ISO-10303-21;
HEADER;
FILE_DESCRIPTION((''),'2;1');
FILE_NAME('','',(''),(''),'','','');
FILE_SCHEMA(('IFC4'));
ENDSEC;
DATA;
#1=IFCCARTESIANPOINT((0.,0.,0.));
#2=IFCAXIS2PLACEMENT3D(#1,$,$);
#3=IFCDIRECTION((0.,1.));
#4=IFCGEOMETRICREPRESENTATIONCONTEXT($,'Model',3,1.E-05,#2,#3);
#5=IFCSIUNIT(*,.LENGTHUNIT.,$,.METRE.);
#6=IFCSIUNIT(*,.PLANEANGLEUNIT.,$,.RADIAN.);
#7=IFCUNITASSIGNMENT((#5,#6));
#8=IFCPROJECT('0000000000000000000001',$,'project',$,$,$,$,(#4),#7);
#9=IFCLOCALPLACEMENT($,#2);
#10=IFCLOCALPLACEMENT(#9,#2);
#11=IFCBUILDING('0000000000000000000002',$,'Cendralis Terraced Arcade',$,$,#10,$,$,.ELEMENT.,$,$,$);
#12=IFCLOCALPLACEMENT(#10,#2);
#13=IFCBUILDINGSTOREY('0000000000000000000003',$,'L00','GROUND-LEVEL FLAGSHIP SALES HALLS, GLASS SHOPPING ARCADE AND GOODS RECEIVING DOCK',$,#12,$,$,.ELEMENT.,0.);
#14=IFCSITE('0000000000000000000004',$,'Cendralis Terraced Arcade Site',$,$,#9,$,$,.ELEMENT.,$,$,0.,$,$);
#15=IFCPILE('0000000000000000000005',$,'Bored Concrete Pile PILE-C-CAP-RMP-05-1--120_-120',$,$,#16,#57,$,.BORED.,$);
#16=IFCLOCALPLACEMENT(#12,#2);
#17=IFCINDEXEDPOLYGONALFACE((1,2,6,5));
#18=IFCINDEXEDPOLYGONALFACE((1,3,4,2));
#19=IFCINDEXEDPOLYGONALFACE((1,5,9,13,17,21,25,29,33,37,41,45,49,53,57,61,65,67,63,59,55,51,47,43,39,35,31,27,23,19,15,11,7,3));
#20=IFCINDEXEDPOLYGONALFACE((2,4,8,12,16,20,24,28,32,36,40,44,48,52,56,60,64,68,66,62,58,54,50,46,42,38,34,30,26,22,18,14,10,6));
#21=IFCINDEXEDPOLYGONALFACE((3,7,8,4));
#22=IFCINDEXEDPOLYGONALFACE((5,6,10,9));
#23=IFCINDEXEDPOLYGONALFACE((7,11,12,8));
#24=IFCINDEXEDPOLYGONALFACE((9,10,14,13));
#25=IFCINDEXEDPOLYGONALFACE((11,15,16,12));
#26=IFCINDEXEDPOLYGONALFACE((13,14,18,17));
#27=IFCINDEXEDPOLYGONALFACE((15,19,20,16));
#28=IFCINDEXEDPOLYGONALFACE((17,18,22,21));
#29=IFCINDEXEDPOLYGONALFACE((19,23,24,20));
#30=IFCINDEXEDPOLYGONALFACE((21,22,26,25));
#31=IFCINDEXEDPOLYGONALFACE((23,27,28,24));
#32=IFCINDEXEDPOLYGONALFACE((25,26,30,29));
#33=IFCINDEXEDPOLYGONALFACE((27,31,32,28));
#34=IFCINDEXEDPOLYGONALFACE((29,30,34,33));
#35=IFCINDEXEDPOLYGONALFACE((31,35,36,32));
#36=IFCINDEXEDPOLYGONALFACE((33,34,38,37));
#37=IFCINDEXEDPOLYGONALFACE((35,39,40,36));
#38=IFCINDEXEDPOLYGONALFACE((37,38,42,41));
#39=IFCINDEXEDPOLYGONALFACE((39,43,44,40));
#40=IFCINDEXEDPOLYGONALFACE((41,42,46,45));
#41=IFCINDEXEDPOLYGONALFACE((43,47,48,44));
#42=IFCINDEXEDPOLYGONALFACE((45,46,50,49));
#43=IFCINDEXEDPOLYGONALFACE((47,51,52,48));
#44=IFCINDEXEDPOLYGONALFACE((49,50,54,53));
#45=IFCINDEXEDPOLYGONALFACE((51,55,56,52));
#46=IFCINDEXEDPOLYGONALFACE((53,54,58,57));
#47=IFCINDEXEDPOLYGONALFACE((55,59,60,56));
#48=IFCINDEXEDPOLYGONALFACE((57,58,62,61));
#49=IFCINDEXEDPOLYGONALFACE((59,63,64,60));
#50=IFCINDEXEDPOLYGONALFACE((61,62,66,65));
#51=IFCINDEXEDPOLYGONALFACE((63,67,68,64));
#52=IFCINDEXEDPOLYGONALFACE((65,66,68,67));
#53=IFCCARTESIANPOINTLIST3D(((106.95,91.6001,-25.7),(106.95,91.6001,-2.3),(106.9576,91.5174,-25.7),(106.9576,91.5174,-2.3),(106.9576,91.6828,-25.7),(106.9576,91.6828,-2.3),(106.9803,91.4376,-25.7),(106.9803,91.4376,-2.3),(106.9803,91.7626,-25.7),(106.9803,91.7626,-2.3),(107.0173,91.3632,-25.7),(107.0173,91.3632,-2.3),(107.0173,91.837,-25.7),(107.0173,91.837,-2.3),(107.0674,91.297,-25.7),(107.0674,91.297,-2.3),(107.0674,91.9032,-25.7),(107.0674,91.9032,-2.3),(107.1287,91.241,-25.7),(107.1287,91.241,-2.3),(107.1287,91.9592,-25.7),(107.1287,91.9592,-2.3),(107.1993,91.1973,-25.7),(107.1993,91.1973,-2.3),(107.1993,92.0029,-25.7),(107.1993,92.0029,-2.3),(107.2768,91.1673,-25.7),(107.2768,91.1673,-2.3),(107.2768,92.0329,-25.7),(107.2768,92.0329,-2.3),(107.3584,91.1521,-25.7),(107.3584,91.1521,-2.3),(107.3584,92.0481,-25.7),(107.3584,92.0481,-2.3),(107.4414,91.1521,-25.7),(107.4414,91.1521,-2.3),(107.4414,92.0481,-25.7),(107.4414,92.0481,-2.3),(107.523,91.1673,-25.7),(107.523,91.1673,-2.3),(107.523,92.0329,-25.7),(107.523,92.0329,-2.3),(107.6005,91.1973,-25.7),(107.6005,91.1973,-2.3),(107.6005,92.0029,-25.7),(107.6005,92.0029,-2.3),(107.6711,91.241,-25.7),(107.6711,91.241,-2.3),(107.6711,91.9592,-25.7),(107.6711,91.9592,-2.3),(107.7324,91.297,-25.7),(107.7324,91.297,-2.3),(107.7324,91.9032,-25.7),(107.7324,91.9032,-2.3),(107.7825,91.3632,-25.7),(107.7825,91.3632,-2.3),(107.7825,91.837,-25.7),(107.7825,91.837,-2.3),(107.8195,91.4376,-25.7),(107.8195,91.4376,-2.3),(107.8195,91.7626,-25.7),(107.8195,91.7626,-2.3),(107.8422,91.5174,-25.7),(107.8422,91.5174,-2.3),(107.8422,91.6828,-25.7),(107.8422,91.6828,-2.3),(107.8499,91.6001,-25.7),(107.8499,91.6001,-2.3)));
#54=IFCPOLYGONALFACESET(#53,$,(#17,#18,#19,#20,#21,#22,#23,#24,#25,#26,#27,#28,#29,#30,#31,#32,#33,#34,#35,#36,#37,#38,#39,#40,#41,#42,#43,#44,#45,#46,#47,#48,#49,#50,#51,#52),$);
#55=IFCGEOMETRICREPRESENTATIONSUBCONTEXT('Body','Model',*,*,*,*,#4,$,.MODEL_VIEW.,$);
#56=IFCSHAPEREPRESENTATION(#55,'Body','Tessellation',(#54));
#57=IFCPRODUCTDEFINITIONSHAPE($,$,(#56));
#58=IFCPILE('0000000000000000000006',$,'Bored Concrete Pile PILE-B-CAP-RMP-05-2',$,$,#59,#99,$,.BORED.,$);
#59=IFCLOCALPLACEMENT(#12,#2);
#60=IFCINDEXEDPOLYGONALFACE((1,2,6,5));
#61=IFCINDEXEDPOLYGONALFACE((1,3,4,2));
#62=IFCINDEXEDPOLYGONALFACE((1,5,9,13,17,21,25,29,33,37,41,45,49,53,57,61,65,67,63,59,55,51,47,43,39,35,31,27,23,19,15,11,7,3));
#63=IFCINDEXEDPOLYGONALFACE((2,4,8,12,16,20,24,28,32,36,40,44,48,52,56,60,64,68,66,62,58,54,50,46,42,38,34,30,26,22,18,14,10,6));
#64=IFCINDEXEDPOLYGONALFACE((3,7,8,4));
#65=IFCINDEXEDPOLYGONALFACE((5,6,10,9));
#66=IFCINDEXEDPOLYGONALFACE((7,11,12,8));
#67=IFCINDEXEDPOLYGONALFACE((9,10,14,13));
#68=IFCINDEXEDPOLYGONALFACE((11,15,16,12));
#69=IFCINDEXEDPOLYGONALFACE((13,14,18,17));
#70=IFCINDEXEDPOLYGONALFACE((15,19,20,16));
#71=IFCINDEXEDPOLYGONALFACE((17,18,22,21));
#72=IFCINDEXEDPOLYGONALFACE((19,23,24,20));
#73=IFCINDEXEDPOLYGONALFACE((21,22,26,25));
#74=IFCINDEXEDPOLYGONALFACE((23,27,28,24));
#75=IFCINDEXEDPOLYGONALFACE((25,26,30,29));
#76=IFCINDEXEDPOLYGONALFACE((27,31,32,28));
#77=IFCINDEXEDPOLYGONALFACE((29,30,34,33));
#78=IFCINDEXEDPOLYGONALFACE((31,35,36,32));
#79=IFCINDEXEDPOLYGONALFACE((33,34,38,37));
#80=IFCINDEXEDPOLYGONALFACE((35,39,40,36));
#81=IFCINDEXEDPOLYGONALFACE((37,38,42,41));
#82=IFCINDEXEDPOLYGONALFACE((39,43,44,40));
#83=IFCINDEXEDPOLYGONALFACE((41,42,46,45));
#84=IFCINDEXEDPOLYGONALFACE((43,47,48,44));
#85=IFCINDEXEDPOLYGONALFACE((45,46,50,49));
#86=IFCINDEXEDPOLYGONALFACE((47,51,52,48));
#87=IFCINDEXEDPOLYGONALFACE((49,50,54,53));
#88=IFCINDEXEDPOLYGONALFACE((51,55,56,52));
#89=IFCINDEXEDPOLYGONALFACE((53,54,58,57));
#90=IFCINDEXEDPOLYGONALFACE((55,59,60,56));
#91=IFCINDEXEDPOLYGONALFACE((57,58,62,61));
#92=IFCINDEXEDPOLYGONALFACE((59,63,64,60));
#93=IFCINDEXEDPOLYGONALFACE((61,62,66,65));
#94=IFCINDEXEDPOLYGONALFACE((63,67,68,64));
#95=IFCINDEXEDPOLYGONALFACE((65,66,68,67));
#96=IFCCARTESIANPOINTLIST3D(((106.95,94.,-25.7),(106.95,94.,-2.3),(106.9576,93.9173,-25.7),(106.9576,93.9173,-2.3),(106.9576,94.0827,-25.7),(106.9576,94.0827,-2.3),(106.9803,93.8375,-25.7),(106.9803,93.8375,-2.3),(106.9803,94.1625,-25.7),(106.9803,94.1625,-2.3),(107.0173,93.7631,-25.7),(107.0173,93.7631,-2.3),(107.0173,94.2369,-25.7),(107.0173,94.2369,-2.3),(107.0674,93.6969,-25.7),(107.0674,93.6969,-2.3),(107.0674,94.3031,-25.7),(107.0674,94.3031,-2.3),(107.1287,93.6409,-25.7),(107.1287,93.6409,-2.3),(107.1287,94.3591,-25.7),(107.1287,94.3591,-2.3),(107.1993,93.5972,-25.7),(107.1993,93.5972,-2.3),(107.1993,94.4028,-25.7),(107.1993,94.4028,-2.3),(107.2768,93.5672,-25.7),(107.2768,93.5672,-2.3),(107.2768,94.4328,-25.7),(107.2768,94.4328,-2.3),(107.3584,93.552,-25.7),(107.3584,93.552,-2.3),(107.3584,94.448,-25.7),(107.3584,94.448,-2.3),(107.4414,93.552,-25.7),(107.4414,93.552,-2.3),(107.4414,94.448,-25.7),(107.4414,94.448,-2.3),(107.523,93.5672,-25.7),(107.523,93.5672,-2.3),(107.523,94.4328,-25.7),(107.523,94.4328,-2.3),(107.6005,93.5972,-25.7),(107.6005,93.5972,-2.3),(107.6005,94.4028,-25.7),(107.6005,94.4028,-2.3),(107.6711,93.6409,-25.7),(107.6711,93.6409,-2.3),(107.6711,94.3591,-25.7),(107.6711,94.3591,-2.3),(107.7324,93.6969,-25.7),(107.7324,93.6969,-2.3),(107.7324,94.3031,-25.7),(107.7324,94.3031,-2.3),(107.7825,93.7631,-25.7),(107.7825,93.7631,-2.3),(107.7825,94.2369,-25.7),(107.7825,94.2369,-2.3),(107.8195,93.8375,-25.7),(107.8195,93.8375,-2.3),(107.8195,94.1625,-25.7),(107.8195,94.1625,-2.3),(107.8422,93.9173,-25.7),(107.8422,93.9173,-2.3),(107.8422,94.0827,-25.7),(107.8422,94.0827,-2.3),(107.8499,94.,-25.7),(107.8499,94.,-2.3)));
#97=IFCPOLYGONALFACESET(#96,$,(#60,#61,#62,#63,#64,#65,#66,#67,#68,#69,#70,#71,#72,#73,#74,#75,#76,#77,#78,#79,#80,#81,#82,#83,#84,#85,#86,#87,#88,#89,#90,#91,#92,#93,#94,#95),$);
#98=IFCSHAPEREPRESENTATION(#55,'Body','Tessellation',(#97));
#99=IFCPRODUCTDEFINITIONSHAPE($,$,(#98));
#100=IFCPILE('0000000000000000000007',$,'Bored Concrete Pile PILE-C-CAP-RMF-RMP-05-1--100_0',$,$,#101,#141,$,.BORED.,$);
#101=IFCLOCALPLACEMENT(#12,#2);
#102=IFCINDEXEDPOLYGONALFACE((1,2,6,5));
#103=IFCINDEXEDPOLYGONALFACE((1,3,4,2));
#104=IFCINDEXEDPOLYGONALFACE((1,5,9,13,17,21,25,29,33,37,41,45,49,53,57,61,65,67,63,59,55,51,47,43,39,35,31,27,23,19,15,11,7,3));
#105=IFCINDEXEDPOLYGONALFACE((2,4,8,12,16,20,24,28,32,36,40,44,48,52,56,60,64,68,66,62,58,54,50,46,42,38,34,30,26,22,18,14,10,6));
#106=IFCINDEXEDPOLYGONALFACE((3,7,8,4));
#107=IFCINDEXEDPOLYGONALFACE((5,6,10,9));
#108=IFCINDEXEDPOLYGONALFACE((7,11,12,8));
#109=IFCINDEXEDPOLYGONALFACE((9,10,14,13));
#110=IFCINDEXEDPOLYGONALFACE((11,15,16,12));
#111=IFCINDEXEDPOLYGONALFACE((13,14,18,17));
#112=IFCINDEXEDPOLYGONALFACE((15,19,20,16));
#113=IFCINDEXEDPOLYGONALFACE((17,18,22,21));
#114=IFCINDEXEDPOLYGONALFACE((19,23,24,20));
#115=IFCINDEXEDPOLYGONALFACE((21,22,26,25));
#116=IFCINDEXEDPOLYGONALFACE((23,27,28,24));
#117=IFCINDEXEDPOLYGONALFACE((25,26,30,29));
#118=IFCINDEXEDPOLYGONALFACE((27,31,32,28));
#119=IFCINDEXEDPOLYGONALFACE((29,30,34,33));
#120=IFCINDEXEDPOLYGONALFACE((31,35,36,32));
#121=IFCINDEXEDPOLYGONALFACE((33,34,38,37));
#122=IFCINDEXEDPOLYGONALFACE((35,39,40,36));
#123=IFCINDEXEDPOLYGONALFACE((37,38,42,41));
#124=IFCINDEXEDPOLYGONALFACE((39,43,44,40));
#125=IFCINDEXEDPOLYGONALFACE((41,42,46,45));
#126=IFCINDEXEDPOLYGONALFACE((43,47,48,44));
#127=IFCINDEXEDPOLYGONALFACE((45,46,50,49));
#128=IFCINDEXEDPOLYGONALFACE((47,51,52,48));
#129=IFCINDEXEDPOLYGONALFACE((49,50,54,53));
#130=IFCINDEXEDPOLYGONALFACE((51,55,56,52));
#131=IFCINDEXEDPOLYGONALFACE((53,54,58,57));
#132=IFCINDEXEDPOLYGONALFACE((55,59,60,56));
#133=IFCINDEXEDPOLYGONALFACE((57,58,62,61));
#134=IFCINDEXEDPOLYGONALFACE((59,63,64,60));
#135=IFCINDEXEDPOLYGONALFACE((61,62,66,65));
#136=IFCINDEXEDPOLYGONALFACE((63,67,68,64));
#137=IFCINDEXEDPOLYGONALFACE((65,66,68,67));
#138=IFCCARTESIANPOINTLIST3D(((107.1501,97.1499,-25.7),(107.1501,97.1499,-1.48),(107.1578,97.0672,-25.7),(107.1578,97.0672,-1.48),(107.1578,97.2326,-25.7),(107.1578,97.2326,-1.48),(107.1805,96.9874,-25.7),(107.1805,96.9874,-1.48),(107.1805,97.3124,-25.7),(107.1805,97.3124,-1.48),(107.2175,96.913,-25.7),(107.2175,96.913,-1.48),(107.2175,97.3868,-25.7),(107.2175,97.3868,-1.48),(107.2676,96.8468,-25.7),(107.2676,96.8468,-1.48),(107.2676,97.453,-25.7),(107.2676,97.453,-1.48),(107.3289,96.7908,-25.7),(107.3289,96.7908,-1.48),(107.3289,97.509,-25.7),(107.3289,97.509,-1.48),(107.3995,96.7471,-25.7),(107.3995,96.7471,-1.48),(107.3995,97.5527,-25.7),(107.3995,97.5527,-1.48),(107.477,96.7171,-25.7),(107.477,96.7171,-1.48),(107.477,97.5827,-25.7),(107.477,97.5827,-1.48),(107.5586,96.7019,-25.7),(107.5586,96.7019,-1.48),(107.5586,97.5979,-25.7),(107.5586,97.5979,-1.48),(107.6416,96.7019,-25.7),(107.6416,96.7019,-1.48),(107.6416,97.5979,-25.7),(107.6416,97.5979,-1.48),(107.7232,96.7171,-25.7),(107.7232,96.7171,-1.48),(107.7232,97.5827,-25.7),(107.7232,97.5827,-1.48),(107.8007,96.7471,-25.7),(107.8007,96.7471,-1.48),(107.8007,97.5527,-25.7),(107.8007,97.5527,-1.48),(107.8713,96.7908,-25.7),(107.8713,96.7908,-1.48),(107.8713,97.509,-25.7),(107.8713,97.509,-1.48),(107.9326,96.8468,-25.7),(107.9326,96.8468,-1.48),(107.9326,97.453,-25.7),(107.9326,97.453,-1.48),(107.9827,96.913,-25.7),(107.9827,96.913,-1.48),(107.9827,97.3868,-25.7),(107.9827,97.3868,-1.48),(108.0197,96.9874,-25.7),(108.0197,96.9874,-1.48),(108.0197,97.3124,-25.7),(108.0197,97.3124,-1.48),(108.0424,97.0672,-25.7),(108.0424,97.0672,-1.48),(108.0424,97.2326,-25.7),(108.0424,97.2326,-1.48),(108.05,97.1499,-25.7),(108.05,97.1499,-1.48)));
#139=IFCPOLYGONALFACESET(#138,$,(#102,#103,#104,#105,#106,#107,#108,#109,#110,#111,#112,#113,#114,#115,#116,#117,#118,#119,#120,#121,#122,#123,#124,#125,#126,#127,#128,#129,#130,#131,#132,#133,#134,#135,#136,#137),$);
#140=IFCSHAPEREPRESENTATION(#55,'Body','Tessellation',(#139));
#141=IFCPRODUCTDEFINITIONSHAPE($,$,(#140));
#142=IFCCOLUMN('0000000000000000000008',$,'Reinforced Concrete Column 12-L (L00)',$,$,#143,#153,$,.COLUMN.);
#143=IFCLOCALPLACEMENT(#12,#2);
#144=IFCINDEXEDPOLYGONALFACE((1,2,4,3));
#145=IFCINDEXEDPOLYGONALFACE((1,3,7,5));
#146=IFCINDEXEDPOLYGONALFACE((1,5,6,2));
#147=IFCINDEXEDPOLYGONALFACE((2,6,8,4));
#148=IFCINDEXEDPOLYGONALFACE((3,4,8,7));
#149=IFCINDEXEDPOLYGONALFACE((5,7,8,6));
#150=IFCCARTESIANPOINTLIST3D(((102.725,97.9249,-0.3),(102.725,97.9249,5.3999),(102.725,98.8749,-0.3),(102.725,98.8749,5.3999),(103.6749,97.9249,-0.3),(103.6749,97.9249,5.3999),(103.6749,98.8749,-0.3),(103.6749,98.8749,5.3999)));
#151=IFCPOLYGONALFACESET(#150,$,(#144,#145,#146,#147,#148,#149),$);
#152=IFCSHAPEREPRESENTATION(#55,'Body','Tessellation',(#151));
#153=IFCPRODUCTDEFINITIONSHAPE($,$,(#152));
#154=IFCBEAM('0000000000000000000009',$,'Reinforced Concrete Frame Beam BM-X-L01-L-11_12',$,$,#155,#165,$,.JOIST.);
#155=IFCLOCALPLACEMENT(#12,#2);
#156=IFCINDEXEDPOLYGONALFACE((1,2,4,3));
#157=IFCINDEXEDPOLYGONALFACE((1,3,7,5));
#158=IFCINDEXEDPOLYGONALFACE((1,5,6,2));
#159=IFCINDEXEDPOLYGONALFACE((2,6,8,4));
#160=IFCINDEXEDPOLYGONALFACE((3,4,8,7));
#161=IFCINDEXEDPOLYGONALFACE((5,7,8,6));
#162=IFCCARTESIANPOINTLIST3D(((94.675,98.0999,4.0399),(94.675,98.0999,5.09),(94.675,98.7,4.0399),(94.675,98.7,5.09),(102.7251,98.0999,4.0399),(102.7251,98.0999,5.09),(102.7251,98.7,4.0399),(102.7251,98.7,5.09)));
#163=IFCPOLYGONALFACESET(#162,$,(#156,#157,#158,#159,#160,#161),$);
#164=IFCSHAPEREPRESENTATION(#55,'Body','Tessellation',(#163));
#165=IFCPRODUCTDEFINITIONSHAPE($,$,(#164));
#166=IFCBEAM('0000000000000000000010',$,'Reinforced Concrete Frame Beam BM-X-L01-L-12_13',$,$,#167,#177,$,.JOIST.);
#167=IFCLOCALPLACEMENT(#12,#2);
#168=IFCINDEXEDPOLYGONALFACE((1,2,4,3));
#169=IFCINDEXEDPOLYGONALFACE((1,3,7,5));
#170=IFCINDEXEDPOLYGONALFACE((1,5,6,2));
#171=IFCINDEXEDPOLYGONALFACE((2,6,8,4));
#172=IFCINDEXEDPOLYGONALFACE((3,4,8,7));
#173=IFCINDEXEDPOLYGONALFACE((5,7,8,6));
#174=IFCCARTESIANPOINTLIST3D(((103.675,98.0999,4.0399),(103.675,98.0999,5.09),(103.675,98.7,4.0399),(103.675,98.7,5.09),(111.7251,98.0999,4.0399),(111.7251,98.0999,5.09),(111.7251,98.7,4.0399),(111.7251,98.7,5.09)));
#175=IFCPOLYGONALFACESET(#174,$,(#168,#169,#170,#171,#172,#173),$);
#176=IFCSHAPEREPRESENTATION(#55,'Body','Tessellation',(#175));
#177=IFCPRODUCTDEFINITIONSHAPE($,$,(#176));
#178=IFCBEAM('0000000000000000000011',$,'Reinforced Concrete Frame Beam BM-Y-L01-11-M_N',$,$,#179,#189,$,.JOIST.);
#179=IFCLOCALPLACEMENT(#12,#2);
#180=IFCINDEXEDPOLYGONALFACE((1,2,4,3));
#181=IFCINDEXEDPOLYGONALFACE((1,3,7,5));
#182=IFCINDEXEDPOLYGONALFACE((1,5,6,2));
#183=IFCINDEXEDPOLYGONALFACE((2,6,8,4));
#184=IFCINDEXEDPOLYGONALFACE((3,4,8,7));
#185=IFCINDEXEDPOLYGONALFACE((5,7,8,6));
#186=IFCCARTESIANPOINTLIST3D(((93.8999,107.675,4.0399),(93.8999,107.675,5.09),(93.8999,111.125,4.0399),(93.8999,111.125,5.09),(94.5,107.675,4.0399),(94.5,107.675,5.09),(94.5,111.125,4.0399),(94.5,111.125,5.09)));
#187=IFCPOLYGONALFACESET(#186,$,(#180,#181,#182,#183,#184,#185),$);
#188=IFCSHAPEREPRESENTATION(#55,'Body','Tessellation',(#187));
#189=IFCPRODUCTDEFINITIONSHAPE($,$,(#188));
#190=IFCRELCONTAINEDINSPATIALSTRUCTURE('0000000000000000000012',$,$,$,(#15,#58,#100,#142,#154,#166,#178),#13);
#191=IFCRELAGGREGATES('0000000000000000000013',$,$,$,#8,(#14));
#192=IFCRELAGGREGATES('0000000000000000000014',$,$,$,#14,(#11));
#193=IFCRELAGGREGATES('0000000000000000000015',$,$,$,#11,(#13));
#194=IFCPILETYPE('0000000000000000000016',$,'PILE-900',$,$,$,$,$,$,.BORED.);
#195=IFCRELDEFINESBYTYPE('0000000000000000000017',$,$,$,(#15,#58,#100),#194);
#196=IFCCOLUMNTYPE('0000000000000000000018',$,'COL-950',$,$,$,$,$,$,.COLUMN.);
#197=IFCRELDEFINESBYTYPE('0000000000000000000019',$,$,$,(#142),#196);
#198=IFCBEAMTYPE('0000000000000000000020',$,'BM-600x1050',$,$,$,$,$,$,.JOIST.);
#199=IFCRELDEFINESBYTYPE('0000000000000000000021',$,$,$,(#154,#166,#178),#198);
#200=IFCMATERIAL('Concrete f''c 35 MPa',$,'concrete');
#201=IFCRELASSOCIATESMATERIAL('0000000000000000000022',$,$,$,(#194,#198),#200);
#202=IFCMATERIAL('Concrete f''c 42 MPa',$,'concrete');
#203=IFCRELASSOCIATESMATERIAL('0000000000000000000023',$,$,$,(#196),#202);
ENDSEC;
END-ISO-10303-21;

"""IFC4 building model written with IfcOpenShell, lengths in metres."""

from ifc_helpers import new_model, si_unit, direction, frame, origin, origin_2d, place, context, subcontext, project, spatial, rectangle, circle, extrude, material, material_profile, profile_set, type_object, element, save


model = new_model("IFC4")

# Units and contexts
model_context = context("Model", 3, precision=1e-05, world=origin(), true_north=direction((0.0, 1.0)))
body_context = subcontext(model_context, "Body", "Model", "MODEL_VIEW")
ifc_project = project(units=[si_unit("LENGTHUNIT", "METRE"), si_unit("PLANEANGLEUNIT", "RADIAN")], contexts=[model_context])

# Site, building, storey
site_placement = place(None, origin())
site = spatial("IfcSite", under=ifc_project, at=site_placement, Name="Cendralis Terraced Arcade Site", CompositionType="ELEMENT", RefElevation=0.0)
building_placement = place(site_placement, origin())
building = spatial("IfcBuilding", under=site, at=building_placement, Name="Cendralis Terraced Arcade", CompositionType="ELEMENT")
storey_placement = place(building_placement, origin())
storey = spatial("IfcBuildingStorey", under=building, at=storey_placement, Name="L00", Description="GROUND-LEVEL FLAGSHIP SALES HALLS, GLASS SHOPPING ARCADE AND GOODS RECEIVING DOCK", CompositionType="ELEMENT", Elevation=0.0)

# Shared definitions
ifc_material_1 = material(Name="Concrete f'c 35 MPa", Category="concrete")

# Piles
ifc_material_profile_1 = material_profile(ifc_material_1, circle(Radius=0.45, at=origin_2d()), Name="PILE-D900", Category="LoadBearing")
ifc_profile_set_1 = profile_set([ifc_material_profile_1], Name="Concrete f'c 35 MPa")
pile_type_1 = type_object("IfcPileType", Name="PILE-900", PredefinedType="BORED", material=ifc_profile_set_1)
for number, where, z_axis, x_axis, name in (
    (1, (107.3999, 91.6001, -2.3), (0.0, 0.0, -1.0), (1.0, 0.0, 0.0), "Bored Concrete Pile PILE-C-CAP-RMP-05-1--120_-120"),
    (2, (107.3999, 94.0, -2.3), (0.0, 0.0, -1.0), (1.0, 0.0, 0.0), "Bored Concrete Pile PILE-B-CAP-RMP-05-2"),
):
    element("IfcPile", number, at=place(storey_placement, frame(where, z_axis=z_axis, x_axis=x_axis)), inside=storey, type_object=pile_type_1, Name=name, PredefinedType="BORED", context=body_context, shape_type="SweptSolid", body=[
        extrude(circle(Radius=0.45, at=origin_2d()), origin(), (0.0, 0.0, 1.0), 23.3999),
    ])
pile_1_placement = place(storey_placement, frame((107.6001, 97.1499, -1.48), z_axis=(0.0, 0.0, -1.0), x_axis=(1.0, 0.0, 0.0)))
element("IfcPile", 3, at=pile_1_placement, inside=storey, type_object=pile_type_1, Name="Bored Concrete Pile PILE-C-CAP-RMF-RMP-05-1--100_0", PredefinedType="BORED", context=body_context, shape_type="SweptSolid", body=[
    extrude(circle(Radius=0.45, at=origin_2d()), origin(), (0.0, 0.0, 1.0), 24.22),
])

# Column
ifc_material_2 = material(Name="Concrete f'c 42 MPa", Category="concrete")
ifc_material_profile_2 = material_profile(ifc_material_2, rectangle(XDim=0.95, YDim=0.95, at=origin_2d()), Name="RC-COL-950x950", Category="LoadBearing")
ifc_profile_set_2 = profile_set([ifc_material_profile_2], Name="Concrete f'c 42 MPa")
column_type = type_object("IfcColumnType", Name="COL-950", PredefinedType="COLUMN", material=ifc_profile_set_2)
column_placement = place(storey_placement, frame((103.2, 98.3999, -0.3), z_axis=(0.0, 0.0, 1.0), x_axis=(1.0, 0.0, 0.0)))
element("IfcColumn", 4, at=column_placement, inside=storey, type_object=column_type, Name="Reinforced Concrete Column 12-L (L00)", PredefinedType="COLUMN", context=body_context, shape_type="SweptSolid", body=[
    extrude(rectangle(XDim=0.95, YDim=0.95, at=origin_2d()), origin(), (0.0, 0.0, 1.0), 5.7),
])

# Beams
ifc_material_profile_3 = material_profile(ifc_material_1, rectangle(XDim=0.6001, YDim=1.05, at=origin_2d()), Name="RC-BM-600x1050", Category="LoadBearing")
ifc_profile_set_3 = profile_set([ifc_material_profile_3], Name="Concrete f'c 35 MPa")
beam_type = type_object("IfcBeamType", Name="BM-600x1050", PredefinedType="JOIST", material=ifc_profile_set_3)
for number, where, z_axis, x_axis, name in (
    (5, (94.675, 98.3999, 4.5649), (1.0, 0.0, 0.0), (0.0, 1.0, 0.0), "Reinforced Concrete Frame Beam BM-X-L01-L-11_12"),
    (6, (103.675, 98.3999, 4.5649), (1.0, 0.0, 0.0), (0.0, 1.0, 0.0), "Reinforced Concrete Frame Beam BM-X-L01-L-12_13"),
):
    element("IfcBeam", number, at=place(storey_placement, frame(where, z_axis=z_axis, x_axis=x_axis)), inside=storey, type_object=beam_type, Name=name, PredefinedType="JOIST", context=body_context, shape_type="SweptSolid", body=[
        extrude(rectangle(XDim=0.6001, YDim=1.05, at=origin_2d()), origin(), (0.0, 0.0, 1.0), 8.05),
    ])
beam_placement = place(storey_placement, frame((94.2, 107.675, 4.5649), z_axis=(0.0, 1.0, 0.0), x_axis=(-1.0, 0.0, 0.0)))
element("IfcBeam", 7, at=beam_placement, inside=storey, type_object=beam_type, Name="Reinforced Concrete Frame Beam BM-Y-L01-11-M_N", PredefinedType="JOIST", context=body_context, shape_type="SweptSolid", body=[
    extrude(rectangle(XDim=0.6001, YDim=1.05, at=origin_2d()), origin(), (0.0, 0.0, 1.0), 3.45),
])

save(model, "model.ifc")
